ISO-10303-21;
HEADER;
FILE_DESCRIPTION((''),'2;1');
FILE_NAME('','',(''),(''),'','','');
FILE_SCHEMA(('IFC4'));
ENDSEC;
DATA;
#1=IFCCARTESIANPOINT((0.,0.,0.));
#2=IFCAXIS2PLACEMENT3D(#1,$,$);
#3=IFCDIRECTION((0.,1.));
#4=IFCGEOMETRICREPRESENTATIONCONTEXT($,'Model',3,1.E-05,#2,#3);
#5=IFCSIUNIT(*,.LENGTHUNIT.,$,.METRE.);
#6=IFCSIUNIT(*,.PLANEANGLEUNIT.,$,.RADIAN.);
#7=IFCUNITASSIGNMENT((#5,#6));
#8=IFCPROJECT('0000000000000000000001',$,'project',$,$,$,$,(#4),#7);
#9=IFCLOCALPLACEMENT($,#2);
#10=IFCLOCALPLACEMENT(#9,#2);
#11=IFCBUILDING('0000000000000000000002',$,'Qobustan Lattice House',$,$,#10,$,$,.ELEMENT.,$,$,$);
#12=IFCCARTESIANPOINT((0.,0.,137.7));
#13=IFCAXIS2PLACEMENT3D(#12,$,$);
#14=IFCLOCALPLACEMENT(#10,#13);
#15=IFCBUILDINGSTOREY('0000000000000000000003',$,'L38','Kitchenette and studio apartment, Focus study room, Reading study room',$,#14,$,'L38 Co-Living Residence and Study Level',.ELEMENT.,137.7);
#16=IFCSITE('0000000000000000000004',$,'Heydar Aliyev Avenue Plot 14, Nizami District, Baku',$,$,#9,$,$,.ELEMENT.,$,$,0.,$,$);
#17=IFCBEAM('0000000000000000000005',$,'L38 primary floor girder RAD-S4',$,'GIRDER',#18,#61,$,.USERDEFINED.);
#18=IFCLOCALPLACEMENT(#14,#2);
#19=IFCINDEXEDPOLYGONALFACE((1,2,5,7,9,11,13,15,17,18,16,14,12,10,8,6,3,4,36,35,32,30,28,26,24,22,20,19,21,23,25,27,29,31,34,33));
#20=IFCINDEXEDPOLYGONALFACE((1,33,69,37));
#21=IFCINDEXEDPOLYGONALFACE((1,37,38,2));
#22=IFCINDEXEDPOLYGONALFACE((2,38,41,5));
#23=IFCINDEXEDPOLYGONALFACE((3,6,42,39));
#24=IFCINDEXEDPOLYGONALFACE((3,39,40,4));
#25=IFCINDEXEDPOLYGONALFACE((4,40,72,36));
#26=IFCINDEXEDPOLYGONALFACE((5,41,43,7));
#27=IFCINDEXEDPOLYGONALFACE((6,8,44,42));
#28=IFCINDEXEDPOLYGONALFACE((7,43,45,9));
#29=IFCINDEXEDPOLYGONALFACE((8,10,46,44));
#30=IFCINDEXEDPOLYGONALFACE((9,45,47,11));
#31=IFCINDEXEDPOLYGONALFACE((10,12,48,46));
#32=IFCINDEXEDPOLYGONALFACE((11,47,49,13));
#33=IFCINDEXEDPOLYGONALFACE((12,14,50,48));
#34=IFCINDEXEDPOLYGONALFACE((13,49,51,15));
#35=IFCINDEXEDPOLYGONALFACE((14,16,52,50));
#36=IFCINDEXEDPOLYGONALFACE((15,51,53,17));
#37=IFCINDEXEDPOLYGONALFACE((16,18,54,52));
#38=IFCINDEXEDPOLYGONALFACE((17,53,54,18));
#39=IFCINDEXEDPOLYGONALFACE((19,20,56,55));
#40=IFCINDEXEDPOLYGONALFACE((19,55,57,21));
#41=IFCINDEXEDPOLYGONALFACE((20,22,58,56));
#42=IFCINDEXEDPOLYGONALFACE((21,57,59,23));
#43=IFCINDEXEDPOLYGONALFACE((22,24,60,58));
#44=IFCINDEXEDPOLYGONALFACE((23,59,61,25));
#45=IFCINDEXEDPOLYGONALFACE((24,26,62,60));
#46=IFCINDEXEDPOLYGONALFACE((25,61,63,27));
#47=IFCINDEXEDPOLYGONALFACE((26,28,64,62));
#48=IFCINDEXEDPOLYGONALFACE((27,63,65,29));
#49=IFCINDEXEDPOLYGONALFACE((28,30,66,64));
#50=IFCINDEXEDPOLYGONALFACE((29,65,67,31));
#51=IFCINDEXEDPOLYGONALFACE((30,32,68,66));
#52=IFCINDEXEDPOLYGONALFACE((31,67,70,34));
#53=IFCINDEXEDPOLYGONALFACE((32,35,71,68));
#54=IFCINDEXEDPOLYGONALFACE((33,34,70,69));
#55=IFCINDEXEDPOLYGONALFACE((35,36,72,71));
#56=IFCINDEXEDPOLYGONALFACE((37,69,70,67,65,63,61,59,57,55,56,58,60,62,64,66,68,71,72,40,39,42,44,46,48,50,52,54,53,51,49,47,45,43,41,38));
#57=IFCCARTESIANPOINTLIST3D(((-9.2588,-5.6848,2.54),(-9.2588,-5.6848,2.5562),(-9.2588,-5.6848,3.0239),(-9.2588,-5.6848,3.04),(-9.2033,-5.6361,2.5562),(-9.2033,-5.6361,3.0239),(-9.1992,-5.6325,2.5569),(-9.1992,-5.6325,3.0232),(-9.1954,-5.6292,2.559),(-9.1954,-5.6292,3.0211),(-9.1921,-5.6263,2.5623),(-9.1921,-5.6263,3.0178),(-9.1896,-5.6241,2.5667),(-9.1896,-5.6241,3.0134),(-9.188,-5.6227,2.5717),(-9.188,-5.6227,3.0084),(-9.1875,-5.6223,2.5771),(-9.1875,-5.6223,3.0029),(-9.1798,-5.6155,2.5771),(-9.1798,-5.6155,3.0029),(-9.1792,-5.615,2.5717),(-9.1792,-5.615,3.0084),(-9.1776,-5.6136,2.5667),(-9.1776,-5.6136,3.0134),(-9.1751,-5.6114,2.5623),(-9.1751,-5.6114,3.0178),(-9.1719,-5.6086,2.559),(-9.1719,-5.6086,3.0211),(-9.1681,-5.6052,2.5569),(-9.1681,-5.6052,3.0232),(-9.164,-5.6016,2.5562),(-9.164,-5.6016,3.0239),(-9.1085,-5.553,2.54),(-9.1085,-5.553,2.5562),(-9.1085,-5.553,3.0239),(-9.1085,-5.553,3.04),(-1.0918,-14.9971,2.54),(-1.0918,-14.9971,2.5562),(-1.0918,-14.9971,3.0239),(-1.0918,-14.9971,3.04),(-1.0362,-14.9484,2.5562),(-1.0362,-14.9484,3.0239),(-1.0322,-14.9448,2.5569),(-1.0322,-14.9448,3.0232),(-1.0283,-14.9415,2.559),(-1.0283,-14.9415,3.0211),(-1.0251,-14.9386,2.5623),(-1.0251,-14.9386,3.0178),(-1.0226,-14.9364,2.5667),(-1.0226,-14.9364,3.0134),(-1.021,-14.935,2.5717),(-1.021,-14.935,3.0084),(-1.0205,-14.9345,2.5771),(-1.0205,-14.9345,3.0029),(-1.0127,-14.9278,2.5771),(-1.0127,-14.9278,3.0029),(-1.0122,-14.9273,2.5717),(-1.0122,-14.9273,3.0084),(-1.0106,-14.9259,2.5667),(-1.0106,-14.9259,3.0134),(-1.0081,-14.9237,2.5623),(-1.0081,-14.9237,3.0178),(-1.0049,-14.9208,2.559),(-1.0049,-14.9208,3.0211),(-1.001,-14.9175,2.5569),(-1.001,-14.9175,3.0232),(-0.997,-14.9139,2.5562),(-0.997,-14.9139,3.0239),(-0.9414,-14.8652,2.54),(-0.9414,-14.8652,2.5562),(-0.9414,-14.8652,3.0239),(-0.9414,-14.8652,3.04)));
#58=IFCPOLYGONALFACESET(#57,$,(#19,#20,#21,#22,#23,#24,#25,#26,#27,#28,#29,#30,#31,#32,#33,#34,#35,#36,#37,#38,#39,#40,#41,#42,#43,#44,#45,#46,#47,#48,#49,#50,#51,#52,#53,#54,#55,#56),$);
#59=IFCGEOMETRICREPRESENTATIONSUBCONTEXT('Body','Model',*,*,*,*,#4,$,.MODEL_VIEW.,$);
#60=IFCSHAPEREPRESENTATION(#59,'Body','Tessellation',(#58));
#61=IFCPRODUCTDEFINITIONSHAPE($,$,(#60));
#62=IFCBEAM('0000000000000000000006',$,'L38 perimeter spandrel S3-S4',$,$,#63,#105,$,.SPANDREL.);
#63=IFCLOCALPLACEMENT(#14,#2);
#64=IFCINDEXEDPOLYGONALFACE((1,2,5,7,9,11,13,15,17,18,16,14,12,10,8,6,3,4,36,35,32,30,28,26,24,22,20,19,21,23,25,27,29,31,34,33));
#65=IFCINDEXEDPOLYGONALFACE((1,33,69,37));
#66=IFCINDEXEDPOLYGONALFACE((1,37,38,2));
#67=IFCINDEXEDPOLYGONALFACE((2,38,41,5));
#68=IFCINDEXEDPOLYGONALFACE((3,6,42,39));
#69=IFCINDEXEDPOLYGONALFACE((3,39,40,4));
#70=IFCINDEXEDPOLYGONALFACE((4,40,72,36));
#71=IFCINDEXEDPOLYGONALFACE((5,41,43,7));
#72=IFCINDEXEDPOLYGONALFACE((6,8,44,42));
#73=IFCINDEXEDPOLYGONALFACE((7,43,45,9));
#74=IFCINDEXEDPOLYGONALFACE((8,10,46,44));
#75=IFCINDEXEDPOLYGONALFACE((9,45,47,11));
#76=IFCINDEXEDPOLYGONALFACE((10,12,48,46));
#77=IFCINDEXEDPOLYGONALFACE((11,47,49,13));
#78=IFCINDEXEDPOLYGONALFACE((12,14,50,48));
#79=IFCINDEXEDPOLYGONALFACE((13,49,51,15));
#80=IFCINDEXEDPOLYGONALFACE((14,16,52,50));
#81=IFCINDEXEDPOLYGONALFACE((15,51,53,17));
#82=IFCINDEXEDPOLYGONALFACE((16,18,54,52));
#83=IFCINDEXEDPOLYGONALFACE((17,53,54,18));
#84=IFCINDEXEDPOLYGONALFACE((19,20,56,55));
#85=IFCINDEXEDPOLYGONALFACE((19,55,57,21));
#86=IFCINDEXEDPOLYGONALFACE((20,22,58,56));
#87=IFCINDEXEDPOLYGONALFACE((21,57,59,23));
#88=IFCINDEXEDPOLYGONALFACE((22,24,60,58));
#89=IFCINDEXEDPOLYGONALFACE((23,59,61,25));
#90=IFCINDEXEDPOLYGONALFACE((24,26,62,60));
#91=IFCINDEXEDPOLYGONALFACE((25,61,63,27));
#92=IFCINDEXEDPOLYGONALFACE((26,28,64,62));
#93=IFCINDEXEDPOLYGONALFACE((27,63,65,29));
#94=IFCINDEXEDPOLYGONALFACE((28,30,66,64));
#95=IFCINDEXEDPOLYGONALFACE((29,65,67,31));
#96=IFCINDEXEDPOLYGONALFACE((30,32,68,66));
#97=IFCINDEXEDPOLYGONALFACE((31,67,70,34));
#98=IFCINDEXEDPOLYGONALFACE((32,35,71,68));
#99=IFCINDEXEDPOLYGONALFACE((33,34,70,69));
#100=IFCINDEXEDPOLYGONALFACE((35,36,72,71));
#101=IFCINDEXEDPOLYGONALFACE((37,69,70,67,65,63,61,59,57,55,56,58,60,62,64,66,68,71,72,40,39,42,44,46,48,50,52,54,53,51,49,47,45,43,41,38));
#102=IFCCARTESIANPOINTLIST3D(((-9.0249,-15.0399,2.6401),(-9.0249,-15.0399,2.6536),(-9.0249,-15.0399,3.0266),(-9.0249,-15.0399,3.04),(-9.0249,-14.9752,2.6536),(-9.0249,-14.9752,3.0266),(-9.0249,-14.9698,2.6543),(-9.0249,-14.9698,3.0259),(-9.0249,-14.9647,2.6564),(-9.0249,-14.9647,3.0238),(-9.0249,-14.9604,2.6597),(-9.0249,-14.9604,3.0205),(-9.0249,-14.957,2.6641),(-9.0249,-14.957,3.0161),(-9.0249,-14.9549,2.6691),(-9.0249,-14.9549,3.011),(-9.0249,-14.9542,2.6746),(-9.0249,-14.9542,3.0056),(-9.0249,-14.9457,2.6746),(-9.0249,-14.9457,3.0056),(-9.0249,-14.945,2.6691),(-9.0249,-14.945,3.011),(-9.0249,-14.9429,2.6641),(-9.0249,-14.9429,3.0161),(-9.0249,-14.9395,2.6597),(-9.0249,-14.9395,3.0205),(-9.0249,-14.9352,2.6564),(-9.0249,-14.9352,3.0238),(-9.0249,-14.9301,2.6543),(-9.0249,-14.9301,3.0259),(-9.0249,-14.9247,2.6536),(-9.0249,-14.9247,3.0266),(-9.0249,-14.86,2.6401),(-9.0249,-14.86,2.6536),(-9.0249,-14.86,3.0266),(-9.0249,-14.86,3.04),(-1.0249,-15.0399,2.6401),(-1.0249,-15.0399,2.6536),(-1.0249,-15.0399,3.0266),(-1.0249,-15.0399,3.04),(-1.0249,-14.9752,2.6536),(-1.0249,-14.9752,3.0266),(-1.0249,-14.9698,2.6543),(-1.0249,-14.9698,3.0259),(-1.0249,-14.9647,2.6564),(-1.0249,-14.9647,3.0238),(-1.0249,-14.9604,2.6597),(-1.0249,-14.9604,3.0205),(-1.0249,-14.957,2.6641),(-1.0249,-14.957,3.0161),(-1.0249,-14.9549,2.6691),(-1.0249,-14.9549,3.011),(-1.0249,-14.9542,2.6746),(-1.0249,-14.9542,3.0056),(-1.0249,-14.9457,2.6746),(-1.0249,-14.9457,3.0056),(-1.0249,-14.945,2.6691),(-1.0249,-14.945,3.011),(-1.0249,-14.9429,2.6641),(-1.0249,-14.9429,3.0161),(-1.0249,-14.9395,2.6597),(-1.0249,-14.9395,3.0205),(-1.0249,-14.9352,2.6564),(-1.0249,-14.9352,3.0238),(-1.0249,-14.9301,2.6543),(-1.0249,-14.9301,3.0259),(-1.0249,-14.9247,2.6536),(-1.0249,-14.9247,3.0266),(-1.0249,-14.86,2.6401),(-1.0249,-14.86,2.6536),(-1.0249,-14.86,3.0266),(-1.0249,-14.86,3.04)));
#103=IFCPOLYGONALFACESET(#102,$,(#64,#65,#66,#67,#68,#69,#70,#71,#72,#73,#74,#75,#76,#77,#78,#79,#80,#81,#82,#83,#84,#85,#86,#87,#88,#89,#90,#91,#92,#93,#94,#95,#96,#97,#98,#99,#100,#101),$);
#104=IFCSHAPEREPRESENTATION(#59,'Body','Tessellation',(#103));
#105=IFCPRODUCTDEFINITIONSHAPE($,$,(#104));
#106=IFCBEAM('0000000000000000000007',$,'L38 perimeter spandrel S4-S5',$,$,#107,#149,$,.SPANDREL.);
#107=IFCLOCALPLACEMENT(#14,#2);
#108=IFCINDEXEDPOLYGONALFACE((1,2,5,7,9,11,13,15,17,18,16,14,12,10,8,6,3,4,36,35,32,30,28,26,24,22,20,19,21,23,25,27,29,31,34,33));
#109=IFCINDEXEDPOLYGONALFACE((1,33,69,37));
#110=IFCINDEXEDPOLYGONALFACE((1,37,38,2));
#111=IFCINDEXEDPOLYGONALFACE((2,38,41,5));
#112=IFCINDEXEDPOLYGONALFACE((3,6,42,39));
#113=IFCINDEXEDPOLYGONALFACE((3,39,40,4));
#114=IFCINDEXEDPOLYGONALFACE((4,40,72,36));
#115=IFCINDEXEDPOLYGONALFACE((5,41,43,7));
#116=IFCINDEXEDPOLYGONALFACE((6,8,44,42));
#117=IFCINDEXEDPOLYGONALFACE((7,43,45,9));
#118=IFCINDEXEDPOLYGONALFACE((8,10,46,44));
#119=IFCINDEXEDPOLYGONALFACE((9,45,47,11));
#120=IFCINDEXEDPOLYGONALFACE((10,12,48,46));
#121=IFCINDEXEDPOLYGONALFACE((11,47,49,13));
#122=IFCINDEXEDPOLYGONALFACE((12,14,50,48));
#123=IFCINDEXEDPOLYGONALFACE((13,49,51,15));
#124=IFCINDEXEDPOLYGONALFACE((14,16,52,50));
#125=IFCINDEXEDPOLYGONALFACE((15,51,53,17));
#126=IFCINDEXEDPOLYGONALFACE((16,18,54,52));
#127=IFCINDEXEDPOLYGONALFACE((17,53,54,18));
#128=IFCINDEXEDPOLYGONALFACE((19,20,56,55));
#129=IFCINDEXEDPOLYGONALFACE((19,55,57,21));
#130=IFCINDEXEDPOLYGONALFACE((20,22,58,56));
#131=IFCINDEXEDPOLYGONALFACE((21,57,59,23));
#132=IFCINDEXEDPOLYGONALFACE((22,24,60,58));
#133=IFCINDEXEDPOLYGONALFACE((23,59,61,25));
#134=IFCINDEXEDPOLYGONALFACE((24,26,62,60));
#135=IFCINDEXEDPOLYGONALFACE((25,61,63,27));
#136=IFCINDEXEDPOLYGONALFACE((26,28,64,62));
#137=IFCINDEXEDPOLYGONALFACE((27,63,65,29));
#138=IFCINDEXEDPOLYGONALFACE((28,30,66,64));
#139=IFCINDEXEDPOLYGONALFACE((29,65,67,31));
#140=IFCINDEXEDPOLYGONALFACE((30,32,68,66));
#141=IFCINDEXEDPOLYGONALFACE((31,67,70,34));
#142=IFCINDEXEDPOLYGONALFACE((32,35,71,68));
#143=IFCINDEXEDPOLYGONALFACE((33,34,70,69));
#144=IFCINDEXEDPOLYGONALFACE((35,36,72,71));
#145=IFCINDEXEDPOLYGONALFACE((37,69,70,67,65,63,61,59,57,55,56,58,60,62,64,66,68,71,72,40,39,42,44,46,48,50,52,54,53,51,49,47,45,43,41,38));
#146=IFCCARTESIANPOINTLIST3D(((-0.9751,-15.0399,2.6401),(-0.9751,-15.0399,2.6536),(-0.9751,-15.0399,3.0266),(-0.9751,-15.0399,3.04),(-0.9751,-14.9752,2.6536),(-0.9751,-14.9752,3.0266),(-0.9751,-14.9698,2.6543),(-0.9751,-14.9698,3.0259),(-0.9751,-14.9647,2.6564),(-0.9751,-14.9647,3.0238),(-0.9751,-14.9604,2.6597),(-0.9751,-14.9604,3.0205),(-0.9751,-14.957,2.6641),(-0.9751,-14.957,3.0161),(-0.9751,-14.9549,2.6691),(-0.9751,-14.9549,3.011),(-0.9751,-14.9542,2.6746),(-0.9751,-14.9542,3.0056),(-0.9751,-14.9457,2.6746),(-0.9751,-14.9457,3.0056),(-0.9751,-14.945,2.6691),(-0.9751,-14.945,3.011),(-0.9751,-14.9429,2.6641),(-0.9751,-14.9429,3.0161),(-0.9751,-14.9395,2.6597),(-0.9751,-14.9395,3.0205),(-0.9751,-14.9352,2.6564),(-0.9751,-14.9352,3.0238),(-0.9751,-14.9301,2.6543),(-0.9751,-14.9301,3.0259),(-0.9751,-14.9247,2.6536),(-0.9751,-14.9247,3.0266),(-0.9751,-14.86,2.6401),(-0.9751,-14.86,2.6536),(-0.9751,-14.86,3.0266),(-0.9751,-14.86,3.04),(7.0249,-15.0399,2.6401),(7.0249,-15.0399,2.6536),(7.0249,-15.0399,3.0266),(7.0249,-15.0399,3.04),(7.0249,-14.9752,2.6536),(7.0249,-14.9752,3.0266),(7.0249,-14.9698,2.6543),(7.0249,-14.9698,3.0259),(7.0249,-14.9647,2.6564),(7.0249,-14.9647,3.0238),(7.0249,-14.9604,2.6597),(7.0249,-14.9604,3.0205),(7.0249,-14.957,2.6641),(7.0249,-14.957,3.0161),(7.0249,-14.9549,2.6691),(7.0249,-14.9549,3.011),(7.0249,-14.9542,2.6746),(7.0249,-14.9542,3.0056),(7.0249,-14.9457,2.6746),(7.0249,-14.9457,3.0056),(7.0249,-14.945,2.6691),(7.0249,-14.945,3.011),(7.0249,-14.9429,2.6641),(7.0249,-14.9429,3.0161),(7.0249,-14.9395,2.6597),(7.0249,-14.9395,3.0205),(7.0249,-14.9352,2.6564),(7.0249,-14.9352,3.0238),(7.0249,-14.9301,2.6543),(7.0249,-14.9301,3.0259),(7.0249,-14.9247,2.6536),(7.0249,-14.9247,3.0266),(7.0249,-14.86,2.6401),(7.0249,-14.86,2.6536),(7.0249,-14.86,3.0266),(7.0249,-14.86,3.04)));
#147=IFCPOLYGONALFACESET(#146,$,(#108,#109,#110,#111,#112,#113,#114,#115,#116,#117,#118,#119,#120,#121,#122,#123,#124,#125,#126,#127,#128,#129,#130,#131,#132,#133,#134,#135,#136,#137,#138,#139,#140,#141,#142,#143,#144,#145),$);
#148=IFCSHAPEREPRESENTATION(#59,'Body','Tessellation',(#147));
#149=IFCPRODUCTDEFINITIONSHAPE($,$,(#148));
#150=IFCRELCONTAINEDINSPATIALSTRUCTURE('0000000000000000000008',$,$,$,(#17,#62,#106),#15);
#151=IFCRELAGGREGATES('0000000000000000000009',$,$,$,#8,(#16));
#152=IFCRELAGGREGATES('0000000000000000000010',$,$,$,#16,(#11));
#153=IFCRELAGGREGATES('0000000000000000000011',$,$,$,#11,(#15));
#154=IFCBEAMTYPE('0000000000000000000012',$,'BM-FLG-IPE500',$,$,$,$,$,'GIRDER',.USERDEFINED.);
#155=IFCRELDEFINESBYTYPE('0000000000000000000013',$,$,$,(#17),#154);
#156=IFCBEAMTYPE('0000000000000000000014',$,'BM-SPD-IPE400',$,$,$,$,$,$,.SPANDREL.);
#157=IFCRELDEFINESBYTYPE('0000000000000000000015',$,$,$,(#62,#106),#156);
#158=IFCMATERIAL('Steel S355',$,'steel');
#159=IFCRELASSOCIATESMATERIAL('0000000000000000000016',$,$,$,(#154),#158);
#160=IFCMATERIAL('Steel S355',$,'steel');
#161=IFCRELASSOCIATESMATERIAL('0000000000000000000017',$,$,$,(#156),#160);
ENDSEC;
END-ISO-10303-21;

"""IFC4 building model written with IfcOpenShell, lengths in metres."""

from ifc_helpers import new_model, si_unit, direction, frame, origin, origin_2d, place, context, subcontext, project, spatial, i_section, extrude, material, material_profile, profile_set, type_object, element, save


model = new_model("IFC4")

# Units and contexts
model_context = context("Model", 3, precision=1e-05, world=origin(), true_north=direction((0.0, 1.0)))
body_context = subcontext(model_context, "Body", "Model", "MODEL_VIEW")
ifc_project = project(units=[si_unit("LENGTHUNIT", "METRE"), si_unit("PLANEANGLEUNIT", "RADIAN")], contexts=[model_context])

# Site, building, storey
site_placement = place(None, origin())
site = spatial("IfcSite", under=ifc_project, at=site_placement, Name="Heydar Aliyev Avenue Plot 14, Nizami District, Baku", CompositionType="ELEMENT", RefElevation=0.0)
building_placement = place(site_placement, origin())
building = spatial("IfcBuilding", under=site, at=building_placement, Name="Qobustan Lattice House", CompositionType="ELEMENT")
storey_placement = place(building_placement, frame((0.0, 0.0, 137.7)))
storey = spatial("IfcBuildingStorey", under=building, at=storey_placement, Name="L38", Description="Kitchenette and studio apartment, Focus study room, Reading study room", LongName="L38 Co-Living Residence and Study Level", CompositionType="ELEMENT", Elevation=137.7)

# Beams
ifc_material_1 = material(Name="Steel S355", Category="steel")
ifc_material_profile_1 = material_profile(ifc_material_1, i_section(OverallWidth=0.2, OverallDepth=0.5, WebThickness=0.0103, FlangeThickness=0.0161, FilletRadius=0.021, at=origin_2d()), Name="IPE500")
ifc_profile_set_1 = profile_set([ifc_material_profile_1], Name="Steel S355")
beam_type_1 = type_object("IfcBeamType", Name="BM-FLG-IPE500", ElementType="GIRDER", PredefinedType="USERDEFINED", material=ifc_profile_set_1)
beam_1_placement = place(storey_placement, frame((-1.0166, -14.9312, 2.79), z_axis=(-0.659362, 0.751825, 0.0), x_axis=(-0.751825, -0.659362, 0.0)))
element("IfcBeam", 1, at=beam_1_placement, inside=storey, type_object=beam_type_1, Name="L38 primary floor girder RAD-S4", ObjectType="GIRDER", PredefinedType="USERDEFINED", context=body_context, shape_type="SweptSolid", body=[
    extrude(i_section(OverallWidth=0.2, OverallDepth=0.5, WebThickness=0.0103, FlangeThickness=0.0161, FilletRadius=0.021, at=origin_2d()), origin(), (0.0, 0.0, 1.0), 12.3862),
])
ifc_material_2 = material(Name="Steel S355", Category="steel")
ifc_material_profile_2 = material_profile(ifc_material_2, i_section(OverallWidth=0.1799, OverallDepth=0.3999, WebThickness=0.0085, FlangeThickness=0.0134, FilletRadius=0.021, at=origin_2d()), Name="IPE400")
ifc_profile_set_2 = profile_set([ifc_material_profile_2], Name="Steel S355")
beam_type_2 = type_object("IfcBeamType", Name="BM-SPD-IPE400", PredefinedType="SPANDREL", material=ifc_profile_set_2)
for number, where, z_axis, x_axis, name in (
    (2, (-9.0249, -14.95, 2.8401), (1.0, 0.0, 0.0), (0.0, 1.0, 0.0), "L38 perimeter spandrel S3-S4"),
    (3, (-0.9751, -14.95, 2.8401), (1.0, 0.0, 0.0), (0.0, 1.0, 0.0), "L38 perimeter spandrel S4-S5"),
):
    element("IfcBeam", number, at=place(storey_placement, frame(where, z_axis=z_axis, x_axis=x_axis)), inside=storey, type_object=beam_type_2, Name=name, PredefinedType="SPANDREL", context=body_context, shape_type="SweptSolid", body=[
        extrude(i_section(OverallWidth=0.1799, OverallDepth=0.3999, WebThickness=0.0085, FlangeThickness=0.0134, FilletRadius=0.021, at=origin_2d()), origin(), (0.0, 0.0, 1.0), 8.0),
    ])

save(model, "model.ifc")
